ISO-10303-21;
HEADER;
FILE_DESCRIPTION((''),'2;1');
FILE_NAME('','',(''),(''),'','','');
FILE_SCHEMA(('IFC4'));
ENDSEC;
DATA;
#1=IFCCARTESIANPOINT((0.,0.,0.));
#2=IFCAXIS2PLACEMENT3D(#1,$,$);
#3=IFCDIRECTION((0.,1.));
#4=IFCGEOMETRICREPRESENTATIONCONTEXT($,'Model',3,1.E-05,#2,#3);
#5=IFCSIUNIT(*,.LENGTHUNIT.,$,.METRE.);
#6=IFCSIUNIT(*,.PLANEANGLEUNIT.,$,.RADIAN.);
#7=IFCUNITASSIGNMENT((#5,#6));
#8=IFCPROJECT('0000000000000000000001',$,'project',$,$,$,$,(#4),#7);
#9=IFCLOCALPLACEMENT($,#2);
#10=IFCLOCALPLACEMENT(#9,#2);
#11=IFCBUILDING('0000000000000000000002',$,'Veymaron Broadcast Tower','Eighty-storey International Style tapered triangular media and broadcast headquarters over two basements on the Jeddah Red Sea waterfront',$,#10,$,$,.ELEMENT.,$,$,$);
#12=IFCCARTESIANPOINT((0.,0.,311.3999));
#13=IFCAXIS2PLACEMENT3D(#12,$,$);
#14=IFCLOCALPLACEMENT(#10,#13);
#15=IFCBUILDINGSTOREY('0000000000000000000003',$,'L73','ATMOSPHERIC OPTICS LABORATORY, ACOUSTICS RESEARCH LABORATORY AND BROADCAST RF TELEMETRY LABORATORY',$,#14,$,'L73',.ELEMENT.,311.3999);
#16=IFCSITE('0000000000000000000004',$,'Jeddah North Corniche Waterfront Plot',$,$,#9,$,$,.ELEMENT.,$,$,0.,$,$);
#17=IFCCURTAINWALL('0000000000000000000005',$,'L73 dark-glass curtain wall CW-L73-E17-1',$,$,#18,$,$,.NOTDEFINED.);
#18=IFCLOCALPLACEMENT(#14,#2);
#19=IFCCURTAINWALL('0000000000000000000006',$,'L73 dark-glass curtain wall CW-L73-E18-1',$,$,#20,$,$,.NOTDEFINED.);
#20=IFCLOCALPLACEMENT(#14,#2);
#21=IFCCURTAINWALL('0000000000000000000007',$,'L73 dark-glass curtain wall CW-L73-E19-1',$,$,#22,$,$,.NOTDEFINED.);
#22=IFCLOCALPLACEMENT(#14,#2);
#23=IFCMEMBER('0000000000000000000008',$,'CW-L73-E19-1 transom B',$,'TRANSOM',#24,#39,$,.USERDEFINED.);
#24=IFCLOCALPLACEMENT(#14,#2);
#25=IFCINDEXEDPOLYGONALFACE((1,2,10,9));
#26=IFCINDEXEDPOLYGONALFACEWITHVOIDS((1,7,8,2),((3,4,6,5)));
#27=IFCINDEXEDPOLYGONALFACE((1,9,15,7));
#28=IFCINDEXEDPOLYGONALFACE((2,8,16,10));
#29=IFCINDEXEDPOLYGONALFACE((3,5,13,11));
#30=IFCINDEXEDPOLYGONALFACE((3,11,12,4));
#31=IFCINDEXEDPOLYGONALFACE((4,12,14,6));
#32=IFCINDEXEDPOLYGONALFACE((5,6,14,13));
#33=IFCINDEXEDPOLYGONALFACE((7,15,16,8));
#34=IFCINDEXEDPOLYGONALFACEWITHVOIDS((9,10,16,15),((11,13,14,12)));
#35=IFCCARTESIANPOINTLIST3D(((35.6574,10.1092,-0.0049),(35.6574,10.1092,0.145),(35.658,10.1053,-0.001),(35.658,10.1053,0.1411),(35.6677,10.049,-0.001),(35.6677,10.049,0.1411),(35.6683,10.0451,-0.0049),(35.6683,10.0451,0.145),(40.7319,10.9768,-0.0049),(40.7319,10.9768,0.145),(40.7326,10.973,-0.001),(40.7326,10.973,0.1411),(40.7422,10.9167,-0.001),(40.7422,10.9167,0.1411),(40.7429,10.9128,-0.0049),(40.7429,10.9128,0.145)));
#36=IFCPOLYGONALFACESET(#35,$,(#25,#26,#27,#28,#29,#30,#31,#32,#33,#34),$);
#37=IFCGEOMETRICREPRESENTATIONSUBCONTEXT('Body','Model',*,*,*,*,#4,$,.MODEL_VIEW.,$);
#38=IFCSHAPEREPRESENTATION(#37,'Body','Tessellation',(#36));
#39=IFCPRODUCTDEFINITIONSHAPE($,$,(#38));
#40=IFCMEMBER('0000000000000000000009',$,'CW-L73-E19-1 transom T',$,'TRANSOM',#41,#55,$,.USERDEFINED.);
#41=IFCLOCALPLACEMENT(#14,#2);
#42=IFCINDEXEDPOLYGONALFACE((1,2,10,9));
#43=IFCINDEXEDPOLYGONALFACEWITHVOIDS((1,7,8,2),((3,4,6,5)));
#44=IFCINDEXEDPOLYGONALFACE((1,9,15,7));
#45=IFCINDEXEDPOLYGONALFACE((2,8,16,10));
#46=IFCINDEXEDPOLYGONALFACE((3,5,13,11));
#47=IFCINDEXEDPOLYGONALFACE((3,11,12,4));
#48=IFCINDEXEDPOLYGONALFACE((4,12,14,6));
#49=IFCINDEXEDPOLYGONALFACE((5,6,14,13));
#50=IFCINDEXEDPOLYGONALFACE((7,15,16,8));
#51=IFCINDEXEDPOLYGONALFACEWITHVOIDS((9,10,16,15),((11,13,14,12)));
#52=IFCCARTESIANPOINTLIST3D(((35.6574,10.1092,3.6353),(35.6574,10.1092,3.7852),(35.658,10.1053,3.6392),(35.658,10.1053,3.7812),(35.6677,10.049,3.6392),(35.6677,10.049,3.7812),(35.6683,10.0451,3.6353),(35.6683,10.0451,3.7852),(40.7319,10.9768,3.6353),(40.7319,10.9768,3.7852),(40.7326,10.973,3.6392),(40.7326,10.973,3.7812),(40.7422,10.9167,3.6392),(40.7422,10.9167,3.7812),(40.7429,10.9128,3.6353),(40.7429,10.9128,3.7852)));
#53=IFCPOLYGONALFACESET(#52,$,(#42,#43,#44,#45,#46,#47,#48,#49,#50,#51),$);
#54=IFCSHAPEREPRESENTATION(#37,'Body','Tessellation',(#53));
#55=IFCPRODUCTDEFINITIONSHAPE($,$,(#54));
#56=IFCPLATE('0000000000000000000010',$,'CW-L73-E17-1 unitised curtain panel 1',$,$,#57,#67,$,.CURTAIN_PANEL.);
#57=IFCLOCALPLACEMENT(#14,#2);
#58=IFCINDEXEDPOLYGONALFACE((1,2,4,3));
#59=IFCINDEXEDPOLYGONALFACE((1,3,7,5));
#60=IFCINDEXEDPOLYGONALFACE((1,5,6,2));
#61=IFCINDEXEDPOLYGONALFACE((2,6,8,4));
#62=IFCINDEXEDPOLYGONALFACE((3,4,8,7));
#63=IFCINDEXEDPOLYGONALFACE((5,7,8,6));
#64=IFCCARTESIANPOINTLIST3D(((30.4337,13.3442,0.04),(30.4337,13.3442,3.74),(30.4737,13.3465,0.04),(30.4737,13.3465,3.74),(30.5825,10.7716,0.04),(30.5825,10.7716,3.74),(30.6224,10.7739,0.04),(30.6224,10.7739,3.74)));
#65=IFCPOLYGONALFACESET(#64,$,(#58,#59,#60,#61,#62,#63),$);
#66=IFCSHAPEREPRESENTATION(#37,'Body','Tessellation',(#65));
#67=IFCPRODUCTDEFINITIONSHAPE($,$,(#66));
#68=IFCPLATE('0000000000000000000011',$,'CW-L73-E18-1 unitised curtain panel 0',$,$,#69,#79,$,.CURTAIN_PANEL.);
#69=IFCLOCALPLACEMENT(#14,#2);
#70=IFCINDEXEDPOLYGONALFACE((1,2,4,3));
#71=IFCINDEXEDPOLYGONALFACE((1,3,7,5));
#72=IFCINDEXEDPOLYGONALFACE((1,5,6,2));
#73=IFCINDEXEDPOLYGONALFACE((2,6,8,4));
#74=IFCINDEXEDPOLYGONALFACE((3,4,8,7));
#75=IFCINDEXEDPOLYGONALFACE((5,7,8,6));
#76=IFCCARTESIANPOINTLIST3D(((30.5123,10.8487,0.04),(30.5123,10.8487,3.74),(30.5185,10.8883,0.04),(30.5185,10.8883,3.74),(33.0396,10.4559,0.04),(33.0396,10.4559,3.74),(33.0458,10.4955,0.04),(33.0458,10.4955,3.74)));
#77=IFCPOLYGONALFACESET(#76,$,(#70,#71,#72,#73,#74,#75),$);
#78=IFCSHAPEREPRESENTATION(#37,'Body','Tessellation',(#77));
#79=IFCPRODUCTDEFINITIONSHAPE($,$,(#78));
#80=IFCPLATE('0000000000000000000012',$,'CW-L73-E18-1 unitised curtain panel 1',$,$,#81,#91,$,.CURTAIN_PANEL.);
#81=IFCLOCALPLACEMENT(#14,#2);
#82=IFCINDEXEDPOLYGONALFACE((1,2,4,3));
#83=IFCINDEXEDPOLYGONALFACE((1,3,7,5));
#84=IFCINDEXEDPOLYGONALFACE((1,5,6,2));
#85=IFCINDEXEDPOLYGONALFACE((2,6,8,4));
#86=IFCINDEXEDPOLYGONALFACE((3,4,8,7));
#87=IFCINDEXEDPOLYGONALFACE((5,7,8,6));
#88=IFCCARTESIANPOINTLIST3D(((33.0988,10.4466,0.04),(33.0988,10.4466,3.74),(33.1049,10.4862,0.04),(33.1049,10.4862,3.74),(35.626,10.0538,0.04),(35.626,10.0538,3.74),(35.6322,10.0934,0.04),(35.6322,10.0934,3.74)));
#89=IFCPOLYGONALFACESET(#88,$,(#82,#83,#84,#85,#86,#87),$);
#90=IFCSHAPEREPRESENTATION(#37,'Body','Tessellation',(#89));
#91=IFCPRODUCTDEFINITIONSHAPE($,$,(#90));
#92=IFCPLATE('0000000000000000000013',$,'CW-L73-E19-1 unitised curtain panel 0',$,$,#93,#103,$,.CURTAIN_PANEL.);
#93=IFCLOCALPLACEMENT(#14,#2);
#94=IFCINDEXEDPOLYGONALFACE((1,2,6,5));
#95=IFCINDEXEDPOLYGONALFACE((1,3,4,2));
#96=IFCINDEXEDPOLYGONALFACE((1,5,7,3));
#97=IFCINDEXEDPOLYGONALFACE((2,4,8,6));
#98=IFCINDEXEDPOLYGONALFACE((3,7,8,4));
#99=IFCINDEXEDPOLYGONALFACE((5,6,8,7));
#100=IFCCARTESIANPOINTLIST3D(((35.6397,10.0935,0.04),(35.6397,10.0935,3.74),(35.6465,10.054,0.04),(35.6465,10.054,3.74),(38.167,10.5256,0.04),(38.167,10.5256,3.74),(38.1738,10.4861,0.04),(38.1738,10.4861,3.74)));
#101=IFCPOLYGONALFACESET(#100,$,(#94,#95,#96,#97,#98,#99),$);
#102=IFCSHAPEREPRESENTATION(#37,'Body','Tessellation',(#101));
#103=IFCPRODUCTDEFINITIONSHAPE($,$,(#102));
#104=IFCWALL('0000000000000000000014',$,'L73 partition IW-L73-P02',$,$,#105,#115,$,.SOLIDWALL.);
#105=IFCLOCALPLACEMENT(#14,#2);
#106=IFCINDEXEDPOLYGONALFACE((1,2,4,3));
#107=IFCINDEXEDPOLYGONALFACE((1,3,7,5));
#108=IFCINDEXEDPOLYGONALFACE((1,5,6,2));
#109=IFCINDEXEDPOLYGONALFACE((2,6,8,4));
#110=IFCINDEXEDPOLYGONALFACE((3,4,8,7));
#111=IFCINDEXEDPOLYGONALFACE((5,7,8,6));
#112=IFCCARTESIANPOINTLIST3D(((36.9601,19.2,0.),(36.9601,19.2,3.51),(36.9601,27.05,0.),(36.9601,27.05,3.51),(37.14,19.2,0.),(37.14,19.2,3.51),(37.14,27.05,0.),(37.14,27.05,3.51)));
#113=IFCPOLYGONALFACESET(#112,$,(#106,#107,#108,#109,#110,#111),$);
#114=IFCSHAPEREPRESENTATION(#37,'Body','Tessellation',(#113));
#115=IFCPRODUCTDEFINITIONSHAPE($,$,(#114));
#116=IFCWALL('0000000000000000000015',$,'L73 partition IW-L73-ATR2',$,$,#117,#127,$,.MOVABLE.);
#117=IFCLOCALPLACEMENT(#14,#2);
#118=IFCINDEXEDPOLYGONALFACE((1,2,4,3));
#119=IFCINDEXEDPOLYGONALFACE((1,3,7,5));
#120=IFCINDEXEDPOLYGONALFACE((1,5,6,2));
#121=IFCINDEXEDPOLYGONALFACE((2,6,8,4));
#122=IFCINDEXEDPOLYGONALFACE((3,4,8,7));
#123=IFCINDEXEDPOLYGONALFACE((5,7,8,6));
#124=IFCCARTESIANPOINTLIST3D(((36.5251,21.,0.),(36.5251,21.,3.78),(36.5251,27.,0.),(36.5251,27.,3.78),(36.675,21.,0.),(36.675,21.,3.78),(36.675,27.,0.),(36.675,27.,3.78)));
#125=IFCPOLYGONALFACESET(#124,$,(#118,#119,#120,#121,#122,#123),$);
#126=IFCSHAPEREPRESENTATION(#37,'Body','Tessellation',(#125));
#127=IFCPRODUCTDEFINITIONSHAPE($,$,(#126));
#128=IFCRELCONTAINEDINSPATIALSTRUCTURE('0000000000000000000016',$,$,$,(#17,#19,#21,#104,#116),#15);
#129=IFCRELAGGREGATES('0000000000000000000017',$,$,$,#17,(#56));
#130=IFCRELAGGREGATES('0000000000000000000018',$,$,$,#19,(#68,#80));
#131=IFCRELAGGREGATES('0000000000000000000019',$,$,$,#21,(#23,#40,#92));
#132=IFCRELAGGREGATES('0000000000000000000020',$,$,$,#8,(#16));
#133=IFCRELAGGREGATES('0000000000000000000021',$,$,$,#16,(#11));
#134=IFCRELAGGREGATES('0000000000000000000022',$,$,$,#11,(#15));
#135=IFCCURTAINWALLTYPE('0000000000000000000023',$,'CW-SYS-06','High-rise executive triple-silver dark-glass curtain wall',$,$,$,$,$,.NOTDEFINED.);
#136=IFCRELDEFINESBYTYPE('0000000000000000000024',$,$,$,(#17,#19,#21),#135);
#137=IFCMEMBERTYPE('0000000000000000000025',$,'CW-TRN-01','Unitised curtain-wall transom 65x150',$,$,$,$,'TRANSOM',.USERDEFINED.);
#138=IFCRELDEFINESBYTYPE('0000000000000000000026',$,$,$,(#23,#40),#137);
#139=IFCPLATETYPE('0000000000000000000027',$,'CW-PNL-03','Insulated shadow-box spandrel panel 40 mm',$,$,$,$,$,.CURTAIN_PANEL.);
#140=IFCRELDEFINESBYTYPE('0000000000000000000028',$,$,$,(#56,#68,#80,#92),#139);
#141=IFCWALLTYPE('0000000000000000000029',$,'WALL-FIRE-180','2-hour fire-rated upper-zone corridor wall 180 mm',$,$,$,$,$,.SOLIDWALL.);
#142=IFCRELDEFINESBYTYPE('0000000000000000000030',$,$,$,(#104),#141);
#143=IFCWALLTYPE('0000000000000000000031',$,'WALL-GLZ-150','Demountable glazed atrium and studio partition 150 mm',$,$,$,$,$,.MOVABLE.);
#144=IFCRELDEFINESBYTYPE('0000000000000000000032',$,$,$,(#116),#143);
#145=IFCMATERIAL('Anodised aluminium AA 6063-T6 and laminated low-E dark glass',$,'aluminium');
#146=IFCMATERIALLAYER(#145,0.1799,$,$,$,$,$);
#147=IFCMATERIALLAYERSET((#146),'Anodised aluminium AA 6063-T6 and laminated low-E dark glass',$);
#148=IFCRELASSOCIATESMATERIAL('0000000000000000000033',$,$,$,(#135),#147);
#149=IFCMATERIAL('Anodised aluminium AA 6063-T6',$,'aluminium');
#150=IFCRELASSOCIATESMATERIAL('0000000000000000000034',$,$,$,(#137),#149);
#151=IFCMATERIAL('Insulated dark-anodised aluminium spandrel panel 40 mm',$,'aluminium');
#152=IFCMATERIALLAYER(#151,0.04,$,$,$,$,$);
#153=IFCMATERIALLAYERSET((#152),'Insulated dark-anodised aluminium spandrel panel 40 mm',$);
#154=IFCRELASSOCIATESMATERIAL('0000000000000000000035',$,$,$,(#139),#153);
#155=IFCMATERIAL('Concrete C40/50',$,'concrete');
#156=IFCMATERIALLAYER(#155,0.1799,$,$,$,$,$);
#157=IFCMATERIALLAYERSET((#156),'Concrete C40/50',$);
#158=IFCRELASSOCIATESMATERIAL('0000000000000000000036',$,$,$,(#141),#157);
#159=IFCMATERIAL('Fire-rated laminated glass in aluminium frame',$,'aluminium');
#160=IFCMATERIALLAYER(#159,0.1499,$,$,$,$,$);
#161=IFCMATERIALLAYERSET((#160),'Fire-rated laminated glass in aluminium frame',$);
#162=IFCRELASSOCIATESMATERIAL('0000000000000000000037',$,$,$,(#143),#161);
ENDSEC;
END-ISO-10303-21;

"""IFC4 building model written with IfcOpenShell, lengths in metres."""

from ifc_helpers import new_model, si_unit, direction, frame, frame_2d, origin, origin_2d, place, context, subcontext, project, spatial, rectangle, hollow_rectangle, extrude, material, layer, layer_set, material_profile, profile_set, type_object, element, aggregate, save


model = new_model("IFC4")

# Units and contexts
model_context = context("Model", 3, precision=1e-05, world=origin(), true_north=direction((0.0, 1.0)))
body_context = subcontext(model_context, "Body", "Model", "MODEL_VIEW")
ifc_project = project(units=[si_unit("LENGTHUNIT", "METRE"), si_unit("PLANEANGLEUNIT", "RADIAN")], contexts=[model_context])

# Site, building, storey
site_placement = place(None, origin())
site = spatial("IfcSite", under=ifc_project, at=site_placement, Name="Jeddah North Corniche Waterfront Plot", CompositionType="ELEMENT", RefElevation=0.0)
building_placement = place(site_placement, origin())
building = spatial("IfcBuilding", under=site, at=building_placement, Name="Veymaron Broadcast Tower", Description="Eighty-storey International Style tapered triangular media and broadcast headquarters over two basements on the Jeddah Red Sea waterfront", CompositionType="ELEMENT")
storey_placement = place(building_placement, frame((0.0, 0.0, 311.3999)))
storey = spatial("IfcBuildingStorey", under=building, at=storey_placement, Name="L73", Description="ATMOSPHERIC OPTICS LABORATORY, ACOUSTICS RESEARCH LABORATORY AND BROADCAST RF TELEMETRY LABORATORY", LongName="L73", CompositionType="ELEMENT", Elevation=311.3999)

# Curtain walls
ifc_material_1 = material(Name="Anodised aluminium AA 6063-T6 and laminated low-E dark glass", Category="aluminium")
ifc_layer_1 = layer(ifc_material_1, 0.1799)
ifc_layer_set_1 = layer_set([ifc_layer_1], Name="Anodised aluminium AA 6063-T6 and laminated low-E dark glass")
curtain_wall_type = type_object("IfcCurtainWallType", Name="CW-SYS-06", Description="High-rise executive triple-silver dark-glass curtain wall", PredefinedType="NOTDEFINED", material=ifc_layer_set_1)
curtain_wall_1_placement = place(storey_placement, origin())
curtain_wall_1 = element("IfcCurtainWall", 1, at=curtain_wall_1_placement, inside=storey, type_object=curtain_wall_type, Name="L73 dark-glass curtain wall CW-L73-E17-1", PredefinedType="NOTDEFINED")
ifc_material_2 = material(Name="Anodised aluminium AA 6063-T6", Category="aluminium")
curtain_wall_2_placement = place(storey_placement, origin())
curtain_wall_2 = element("IfcCurtainWall", 2, at=curtain_wall_2_placement, inside=storey, type_object=curtain_wall_type, Name="L73 dark-glass curtain wall CW-L73-E18-1", PredefinedType="NOTDEFINED")

# Curtain wall
curtain_wall_3_placement = place(storey_placement, origin())
curtain_wall_3 = element("IfcCurtainWall", 3, at=curtain_wall_3_placement, inside=storey, type_object=curtain_wall_type, Name="L73 dark-glass curtain wall CW-L73-E19-1", PredefinedType="NOTDEFINED")

# Members
ifc_material_profile_1 = material_profile(ifc_material_2, hollow_rectangle(XDim=0.0649, YDim=0.1499, WallThickness=0.0039, at=origin_2d()), Name="AL150X65X4")
ifc_profile_set_1 = profile_set([ifc_material_profile_1], Name="Anodised aluminium AA 6063-T6")
member_type_1 = type_object("IfcMemberType", Name="CW-TRN-01", Description="Unitised curtain-wall transom 65x150", ElementType="TRANSOM", PredefinedType="USERDEFINED", material=ifc_profile_set_1)
member_1_placement = place(storey_placement, frame((35.6628, 10.0771, 0.0701), z_axis=(0.985694, 0.168543, 0.0), x_axis=(-0.168543, 0.985694, 0.0)))
member_1 = element("IfcMember", 4, at=member_1_placement, type_object=member_type_1, Name="CW-L73-E19-1 transom B", ObjectType="TRANSOM", PredefinedType="USERDEFINED", context=body_context, shape_type="SweptSolid", body=[
    extrude(hollow_rectangle(XDim=0.0649, YDim=0.1499, WallThickness=0.0039, at=origin_2d()), origin(), (0.0, 0.0, 1.0), 5.1482),
])
member_2_placement = place(storey_placement, frame((35.6628, 10.0771, 3.7102), z_axis=(0.985694, 0.168543, 0.0), x_axis=(-0.168543, 0.985694, 0.0)))
member_2 = element("IfcMember", 5, at=member_2_placement, type_object=member_type_1, Name="CW-L73-E19-1 transom T", ObjectType="TRANSOM", PredefinedType="USERDEFINED", context=body_context, shape_type="SweptSolid", body=[
    extrude(hollow_rectangle(XDim=0.0649, YDim=0.1499, WallThickness=0.0039, at=origin_2d()), origin(), (0.0, 0.0, 1.0), 5.1482),
])

# Plates
ifc_material_3 = material(Name="Insulated dark-anodised aluminium spandrel panel 40 mm", Category="aluminium")
ifc_layer_2 = layer(ifc_material_3, 0.04)
ifc_layer_set_2 = layer_set([ifc_layer_2], Name="Insulated dark-anodised aluminium spandrel panel 40 mm")
plate_type = type_object("IfcPlateType", Name="CW-PNL-03", Description="Insulated shadow-box spandrel panel 40 mm", PredefinedType="CURTAIN_PANEL", material=ifc_layer_set_2)
plate_1_placement = place(storey_placement, frame((30.5281, 12.0591, 0.04), z_axis=(0.0, 0.0, 1.0), x_axis=(0.057721, -0.998333, 0.0)))
plate_1 = element("IfcPlate", 6, at=plate_1_placement, type_object=plate_type, Name="CW-L73-E17-1 unitised curtain panel 1", PredefinedType="CURTAIN_PANEL", context=body_context, shape_type="SweptSolid", body=[
    extrude(rectangle(XDim=2.5769, YDim=0.04, at=origin_2d()), origin(), (0.0, 0.0, 1.0), 3.7),
])
aggregate(curtain_wall_1, [plate_1])
plate_2_placement = place(storey_placement, frame((31.7791, 10.6721, 0.04), z_axis=(0.0, 0.0, 1.0), x_axis=(0.988135, -0.153589, 0.0)))
plate_2 = element("IfcPlate", 7, at=plate_2_placement, type_object=plate_type, Name="CW-L73-E18-1 unitised curtain panel 0", PredefinedType="CURTAIN_PANEL", context=body_context, shape_type="SweptSolid", body=[
    extrude(rectangle(XDim=2.5576, YDim=0.04, at=origin_2d()), origin(), (0.0, 0.0, 1.0), 3.7),
])
plate_3_placement = place(storey_placement, frame((34.3655, 10.27, 0.04), z_axis=(0.0, 0.0, 1.0), x_axis=(0.988135, -0.153589, 0.0)))
plate_3 = element("IfcPlate", 8, at=plate_3_placement, type_object=plate_type, Name="CW-L73-E18-1 unitised curtain panel 1", PredefinedType="CURTAIN_PANEL", context=body_context, shape_type="SweptSolid", body=[
    extrude(rectangle(XDim=2.5576, YDim=0.04, at=origin_2d()), origin(), (0.0, 0.0, 1.0), 3.7),
])
aggregate(curtain_wall_2, [plate_2, plate_3])
plate_4_placement = place(storey_placement, frame((36.9067, 10.2898, 0.04), z_axis=(0.0, 0.0, 1.0), x_axis=(0.985698, 0.168524, 0.0)))
plate_4 = element("IfcPlate", 9, at=plate_4_placement, type_object=plate_type, Name="CW-L73-E19-1 unitised curtain panel 0", PredefinedType="CURTAIN_PANEL", context=body_context, shape_type="SweptSolid", body=[
    extrude(rectangle(XDim=2.564, YDim=0.04, at=origin_2d()), origin(), (0.0, 0.0, 1.0), 3.7),
])
aggregate(curtain_wall_3, [member_1, member_2, plate_4])

# Walls
ifc_material_4 = material(Name="Concrete C40/50", Category="concrete")
ifc_layer_3 = layer(ifc_material_4, 0.1799)
ifc_layer_set_3 = layer_set([ifc_layer_3], Name="Concrete C40/50")
wall_type_1 = type_object("IfcWallType", Name="WALL-FIRE-180", Description="2-hour fire-rated upper-zone corridor wall 180 mm", PredefinedType="SOLIDWALL", material=ifc_layer_set_3)
wall_1_placement = place(storey_placement, frame((37.05, 19.2, 0.0), z_axis=(0.0, 0.0, 1.0), x_axis=(0.0, 1.0, 0.0)))
element("IfcWall", 10, at=wall_1_placement, inside=storey, type_object=wall_type_1, Name="L73 partition IW-L73-P02", PredefinedType="SOLIDWALL", context=body_context, shape_type="SweptSolid", body=[
    extrude(rectangle(XDim=7.8501, YDim=0.1799, at=frame_2d((3.925, 0.0))), origin(), (0.0, 0.0, 1.0), 3.51),
])
ifc_material_5 = material(Name="Fire-rated laminated glass in aluminium frame", Category="aluminium")
ifc_layer_4 = layer(ifc_material_5, 0.1499)
ifc_layer_set_4 = layer_set([ifc_layer_4], Name="Fire-rated laminated glass in aluminium frame")
wall_type_2 = type_object("IfcWallType", Name="WALL-GLZ-150", Description="Demountable glazed atrium and studio partition 150 mm", PredefinedType="MOVABLE", material=ifc_layer_set_4)
wall_2_placement = place(storey_placement, frame((36.6001, 21.0, 0.0), z_axis=(0.0, 0.0, 1.0), x_axis=(0.0, 1.0, 0.0)))
element("IfcWall", 11, at=wall_2_placement, inside=storey, type_object=wall_type_2, Name="L73 partition IW-L73-ATR2", PredefinedType="MOVABLE", context=body_context, shape_type="SweptSolid", body=[
    extrude(rectangle(XDim=6.0, YDim=0.1499, at=frame_2d((3.0, 0.0))), origin(), (0.0, 0.0, 1.0), 3.78),
])

save(model, "model.ifc")
